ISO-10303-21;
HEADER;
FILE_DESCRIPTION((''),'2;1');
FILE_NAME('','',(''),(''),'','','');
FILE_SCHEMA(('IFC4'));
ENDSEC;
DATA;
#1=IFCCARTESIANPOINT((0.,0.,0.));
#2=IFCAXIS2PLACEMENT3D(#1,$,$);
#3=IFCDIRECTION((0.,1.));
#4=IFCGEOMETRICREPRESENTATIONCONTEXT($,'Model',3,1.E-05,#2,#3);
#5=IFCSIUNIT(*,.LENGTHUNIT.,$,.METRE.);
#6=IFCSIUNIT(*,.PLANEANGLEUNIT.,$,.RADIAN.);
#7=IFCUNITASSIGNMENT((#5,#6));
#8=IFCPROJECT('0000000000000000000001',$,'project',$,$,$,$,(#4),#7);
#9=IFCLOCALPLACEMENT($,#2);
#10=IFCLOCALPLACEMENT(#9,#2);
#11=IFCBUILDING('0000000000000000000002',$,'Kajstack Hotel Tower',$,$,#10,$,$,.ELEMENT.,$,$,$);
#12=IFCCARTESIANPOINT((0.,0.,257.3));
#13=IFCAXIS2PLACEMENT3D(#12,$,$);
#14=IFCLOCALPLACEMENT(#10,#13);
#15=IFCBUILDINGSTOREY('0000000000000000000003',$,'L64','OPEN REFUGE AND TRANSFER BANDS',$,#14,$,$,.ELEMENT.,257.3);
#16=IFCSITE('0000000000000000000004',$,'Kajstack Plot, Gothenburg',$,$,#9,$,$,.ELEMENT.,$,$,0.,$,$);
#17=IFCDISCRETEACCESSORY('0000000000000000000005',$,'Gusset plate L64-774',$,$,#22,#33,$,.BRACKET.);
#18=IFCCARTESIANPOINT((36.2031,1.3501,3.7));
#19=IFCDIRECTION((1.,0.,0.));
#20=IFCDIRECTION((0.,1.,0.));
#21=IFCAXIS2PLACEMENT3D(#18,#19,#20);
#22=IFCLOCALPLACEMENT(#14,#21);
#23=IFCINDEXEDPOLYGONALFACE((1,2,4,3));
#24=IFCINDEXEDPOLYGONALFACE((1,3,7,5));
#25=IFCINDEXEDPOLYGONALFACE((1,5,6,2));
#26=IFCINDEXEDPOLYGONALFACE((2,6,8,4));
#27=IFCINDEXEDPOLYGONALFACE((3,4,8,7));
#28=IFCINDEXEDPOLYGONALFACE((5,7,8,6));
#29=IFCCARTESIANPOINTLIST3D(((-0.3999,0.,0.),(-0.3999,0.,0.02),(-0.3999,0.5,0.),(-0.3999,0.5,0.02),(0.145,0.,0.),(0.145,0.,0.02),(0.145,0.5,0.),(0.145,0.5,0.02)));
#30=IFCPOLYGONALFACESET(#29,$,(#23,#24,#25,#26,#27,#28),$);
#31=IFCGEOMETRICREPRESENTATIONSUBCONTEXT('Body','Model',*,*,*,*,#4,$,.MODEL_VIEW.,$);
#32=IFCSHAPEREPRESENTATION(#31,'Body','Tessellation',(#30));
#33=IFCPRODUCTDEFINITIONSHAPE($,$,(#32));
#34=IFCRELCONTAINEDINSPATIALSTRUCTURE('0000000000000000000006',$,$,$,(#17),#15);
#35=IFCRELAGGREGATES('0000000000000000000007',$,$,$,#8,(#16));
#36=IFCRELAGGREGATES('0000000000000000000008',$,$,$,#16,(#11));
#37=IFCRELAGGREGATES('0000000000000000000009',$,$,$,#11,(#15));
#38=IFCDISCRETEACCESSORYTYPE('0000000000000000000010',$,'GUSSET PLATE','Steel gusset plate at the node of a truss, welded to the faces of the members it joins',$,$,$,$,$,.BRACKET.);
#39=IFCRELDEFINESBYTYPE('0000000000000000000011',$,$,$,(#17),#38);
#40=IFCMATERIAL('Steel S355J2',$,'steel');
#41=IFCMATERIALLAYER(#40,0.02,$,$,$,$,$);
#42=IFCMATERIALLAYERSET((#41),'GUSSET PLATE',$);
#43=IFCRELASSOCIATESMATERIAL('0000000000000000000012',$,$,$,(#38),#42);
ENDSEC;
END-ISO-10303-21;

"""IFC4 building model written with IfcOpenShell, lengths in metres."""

from ifc_helpers import new_model, si_unit, direction, frame, origin, place, context, subcontext, project, spatial, polyline, outline, extrude, material, layer, layer_set, type_object, element, save


model = new_model("IFC4")

# Units and contexts
model_context = context("Model", 3, precision=1e-05, world=origin(), true_north=direction((0.0, 1.0)))
body_context = subcontext(model_context, "Body", "Model", "MODEL_VIEW")
ifc_project = project(units=[si_unit("LENGTHUNIT", "METRE"), si_unit("PLANEANGLEUNIT", "RADIAN")], contexts=[model_context])

# Site, building, storey
site_placement = place(None, origin())
site = spatial("IfcSite", under=ifc_project, at=site_placement, Name="Kajstack Plot, Gothenburg", CompositionType="ELEMENT", RefElevation=0.0)
building_placement = place(site_placement, origin())
building = spatial("IfcBuilding", under=site, at=building_placement, Name="Kajstack Hotel Tower", CompositionType="ELEMENT")
storey_placement = place(building_placement, frame((0.0, 0.0, 257.3)))
storey = spatial("IfcBuildingStorey", under=building, at=storey_placement, Name="L64", Description="OPEN REFUGE AND TRANSFER BANDS", CompositionType="ELEMENT", Elevation=257.3)

# Shared definitions
ifc_material_1 = material(Name="Steel S355J2", Category="steel")

# Discrete accessory
ifc_layer_1 = layer(ifc_material_1, 0.02)
ifc_layer_set_1 = layer_set([ifc_layer_1], Name="GUSSET PLATE")
discrete_accessory_type = type_object("IfcDiscreteAccessoryType", Name="GUSSET PLATE", Description="Steel gusset plate at the node of a truss, welded to the faces of the members it joins", PredefinedType="BRACKET", material=ifc_layer_set_1)
discrete_accessory_placement = place(storey_placement, frame((36.2031, 1.3501, 3.7), z_axis=(1.0, 0.0, 0.0), x_axis=(0.0, 1.0, 0.0)))
element("IfcDiscreteAccessory", 1, at=discrete_accessory_placement, inside=storey, type_object=discrete_accessory_type, Name="Gusset plate L64-774", PredefinedType="BRACKET", context=body_context, shape_type="SweptSolid", body=[
    extrude(outline(polyline([(-0.3999, 0.0), (0.145, 0.0), (0.145, 0.5), (-0.3999, 0.5), (-0.3999, 0.0)])), origin(), (0.0, 0.0, 1.0), 0.02),
])

save(model, "model.ifc")
